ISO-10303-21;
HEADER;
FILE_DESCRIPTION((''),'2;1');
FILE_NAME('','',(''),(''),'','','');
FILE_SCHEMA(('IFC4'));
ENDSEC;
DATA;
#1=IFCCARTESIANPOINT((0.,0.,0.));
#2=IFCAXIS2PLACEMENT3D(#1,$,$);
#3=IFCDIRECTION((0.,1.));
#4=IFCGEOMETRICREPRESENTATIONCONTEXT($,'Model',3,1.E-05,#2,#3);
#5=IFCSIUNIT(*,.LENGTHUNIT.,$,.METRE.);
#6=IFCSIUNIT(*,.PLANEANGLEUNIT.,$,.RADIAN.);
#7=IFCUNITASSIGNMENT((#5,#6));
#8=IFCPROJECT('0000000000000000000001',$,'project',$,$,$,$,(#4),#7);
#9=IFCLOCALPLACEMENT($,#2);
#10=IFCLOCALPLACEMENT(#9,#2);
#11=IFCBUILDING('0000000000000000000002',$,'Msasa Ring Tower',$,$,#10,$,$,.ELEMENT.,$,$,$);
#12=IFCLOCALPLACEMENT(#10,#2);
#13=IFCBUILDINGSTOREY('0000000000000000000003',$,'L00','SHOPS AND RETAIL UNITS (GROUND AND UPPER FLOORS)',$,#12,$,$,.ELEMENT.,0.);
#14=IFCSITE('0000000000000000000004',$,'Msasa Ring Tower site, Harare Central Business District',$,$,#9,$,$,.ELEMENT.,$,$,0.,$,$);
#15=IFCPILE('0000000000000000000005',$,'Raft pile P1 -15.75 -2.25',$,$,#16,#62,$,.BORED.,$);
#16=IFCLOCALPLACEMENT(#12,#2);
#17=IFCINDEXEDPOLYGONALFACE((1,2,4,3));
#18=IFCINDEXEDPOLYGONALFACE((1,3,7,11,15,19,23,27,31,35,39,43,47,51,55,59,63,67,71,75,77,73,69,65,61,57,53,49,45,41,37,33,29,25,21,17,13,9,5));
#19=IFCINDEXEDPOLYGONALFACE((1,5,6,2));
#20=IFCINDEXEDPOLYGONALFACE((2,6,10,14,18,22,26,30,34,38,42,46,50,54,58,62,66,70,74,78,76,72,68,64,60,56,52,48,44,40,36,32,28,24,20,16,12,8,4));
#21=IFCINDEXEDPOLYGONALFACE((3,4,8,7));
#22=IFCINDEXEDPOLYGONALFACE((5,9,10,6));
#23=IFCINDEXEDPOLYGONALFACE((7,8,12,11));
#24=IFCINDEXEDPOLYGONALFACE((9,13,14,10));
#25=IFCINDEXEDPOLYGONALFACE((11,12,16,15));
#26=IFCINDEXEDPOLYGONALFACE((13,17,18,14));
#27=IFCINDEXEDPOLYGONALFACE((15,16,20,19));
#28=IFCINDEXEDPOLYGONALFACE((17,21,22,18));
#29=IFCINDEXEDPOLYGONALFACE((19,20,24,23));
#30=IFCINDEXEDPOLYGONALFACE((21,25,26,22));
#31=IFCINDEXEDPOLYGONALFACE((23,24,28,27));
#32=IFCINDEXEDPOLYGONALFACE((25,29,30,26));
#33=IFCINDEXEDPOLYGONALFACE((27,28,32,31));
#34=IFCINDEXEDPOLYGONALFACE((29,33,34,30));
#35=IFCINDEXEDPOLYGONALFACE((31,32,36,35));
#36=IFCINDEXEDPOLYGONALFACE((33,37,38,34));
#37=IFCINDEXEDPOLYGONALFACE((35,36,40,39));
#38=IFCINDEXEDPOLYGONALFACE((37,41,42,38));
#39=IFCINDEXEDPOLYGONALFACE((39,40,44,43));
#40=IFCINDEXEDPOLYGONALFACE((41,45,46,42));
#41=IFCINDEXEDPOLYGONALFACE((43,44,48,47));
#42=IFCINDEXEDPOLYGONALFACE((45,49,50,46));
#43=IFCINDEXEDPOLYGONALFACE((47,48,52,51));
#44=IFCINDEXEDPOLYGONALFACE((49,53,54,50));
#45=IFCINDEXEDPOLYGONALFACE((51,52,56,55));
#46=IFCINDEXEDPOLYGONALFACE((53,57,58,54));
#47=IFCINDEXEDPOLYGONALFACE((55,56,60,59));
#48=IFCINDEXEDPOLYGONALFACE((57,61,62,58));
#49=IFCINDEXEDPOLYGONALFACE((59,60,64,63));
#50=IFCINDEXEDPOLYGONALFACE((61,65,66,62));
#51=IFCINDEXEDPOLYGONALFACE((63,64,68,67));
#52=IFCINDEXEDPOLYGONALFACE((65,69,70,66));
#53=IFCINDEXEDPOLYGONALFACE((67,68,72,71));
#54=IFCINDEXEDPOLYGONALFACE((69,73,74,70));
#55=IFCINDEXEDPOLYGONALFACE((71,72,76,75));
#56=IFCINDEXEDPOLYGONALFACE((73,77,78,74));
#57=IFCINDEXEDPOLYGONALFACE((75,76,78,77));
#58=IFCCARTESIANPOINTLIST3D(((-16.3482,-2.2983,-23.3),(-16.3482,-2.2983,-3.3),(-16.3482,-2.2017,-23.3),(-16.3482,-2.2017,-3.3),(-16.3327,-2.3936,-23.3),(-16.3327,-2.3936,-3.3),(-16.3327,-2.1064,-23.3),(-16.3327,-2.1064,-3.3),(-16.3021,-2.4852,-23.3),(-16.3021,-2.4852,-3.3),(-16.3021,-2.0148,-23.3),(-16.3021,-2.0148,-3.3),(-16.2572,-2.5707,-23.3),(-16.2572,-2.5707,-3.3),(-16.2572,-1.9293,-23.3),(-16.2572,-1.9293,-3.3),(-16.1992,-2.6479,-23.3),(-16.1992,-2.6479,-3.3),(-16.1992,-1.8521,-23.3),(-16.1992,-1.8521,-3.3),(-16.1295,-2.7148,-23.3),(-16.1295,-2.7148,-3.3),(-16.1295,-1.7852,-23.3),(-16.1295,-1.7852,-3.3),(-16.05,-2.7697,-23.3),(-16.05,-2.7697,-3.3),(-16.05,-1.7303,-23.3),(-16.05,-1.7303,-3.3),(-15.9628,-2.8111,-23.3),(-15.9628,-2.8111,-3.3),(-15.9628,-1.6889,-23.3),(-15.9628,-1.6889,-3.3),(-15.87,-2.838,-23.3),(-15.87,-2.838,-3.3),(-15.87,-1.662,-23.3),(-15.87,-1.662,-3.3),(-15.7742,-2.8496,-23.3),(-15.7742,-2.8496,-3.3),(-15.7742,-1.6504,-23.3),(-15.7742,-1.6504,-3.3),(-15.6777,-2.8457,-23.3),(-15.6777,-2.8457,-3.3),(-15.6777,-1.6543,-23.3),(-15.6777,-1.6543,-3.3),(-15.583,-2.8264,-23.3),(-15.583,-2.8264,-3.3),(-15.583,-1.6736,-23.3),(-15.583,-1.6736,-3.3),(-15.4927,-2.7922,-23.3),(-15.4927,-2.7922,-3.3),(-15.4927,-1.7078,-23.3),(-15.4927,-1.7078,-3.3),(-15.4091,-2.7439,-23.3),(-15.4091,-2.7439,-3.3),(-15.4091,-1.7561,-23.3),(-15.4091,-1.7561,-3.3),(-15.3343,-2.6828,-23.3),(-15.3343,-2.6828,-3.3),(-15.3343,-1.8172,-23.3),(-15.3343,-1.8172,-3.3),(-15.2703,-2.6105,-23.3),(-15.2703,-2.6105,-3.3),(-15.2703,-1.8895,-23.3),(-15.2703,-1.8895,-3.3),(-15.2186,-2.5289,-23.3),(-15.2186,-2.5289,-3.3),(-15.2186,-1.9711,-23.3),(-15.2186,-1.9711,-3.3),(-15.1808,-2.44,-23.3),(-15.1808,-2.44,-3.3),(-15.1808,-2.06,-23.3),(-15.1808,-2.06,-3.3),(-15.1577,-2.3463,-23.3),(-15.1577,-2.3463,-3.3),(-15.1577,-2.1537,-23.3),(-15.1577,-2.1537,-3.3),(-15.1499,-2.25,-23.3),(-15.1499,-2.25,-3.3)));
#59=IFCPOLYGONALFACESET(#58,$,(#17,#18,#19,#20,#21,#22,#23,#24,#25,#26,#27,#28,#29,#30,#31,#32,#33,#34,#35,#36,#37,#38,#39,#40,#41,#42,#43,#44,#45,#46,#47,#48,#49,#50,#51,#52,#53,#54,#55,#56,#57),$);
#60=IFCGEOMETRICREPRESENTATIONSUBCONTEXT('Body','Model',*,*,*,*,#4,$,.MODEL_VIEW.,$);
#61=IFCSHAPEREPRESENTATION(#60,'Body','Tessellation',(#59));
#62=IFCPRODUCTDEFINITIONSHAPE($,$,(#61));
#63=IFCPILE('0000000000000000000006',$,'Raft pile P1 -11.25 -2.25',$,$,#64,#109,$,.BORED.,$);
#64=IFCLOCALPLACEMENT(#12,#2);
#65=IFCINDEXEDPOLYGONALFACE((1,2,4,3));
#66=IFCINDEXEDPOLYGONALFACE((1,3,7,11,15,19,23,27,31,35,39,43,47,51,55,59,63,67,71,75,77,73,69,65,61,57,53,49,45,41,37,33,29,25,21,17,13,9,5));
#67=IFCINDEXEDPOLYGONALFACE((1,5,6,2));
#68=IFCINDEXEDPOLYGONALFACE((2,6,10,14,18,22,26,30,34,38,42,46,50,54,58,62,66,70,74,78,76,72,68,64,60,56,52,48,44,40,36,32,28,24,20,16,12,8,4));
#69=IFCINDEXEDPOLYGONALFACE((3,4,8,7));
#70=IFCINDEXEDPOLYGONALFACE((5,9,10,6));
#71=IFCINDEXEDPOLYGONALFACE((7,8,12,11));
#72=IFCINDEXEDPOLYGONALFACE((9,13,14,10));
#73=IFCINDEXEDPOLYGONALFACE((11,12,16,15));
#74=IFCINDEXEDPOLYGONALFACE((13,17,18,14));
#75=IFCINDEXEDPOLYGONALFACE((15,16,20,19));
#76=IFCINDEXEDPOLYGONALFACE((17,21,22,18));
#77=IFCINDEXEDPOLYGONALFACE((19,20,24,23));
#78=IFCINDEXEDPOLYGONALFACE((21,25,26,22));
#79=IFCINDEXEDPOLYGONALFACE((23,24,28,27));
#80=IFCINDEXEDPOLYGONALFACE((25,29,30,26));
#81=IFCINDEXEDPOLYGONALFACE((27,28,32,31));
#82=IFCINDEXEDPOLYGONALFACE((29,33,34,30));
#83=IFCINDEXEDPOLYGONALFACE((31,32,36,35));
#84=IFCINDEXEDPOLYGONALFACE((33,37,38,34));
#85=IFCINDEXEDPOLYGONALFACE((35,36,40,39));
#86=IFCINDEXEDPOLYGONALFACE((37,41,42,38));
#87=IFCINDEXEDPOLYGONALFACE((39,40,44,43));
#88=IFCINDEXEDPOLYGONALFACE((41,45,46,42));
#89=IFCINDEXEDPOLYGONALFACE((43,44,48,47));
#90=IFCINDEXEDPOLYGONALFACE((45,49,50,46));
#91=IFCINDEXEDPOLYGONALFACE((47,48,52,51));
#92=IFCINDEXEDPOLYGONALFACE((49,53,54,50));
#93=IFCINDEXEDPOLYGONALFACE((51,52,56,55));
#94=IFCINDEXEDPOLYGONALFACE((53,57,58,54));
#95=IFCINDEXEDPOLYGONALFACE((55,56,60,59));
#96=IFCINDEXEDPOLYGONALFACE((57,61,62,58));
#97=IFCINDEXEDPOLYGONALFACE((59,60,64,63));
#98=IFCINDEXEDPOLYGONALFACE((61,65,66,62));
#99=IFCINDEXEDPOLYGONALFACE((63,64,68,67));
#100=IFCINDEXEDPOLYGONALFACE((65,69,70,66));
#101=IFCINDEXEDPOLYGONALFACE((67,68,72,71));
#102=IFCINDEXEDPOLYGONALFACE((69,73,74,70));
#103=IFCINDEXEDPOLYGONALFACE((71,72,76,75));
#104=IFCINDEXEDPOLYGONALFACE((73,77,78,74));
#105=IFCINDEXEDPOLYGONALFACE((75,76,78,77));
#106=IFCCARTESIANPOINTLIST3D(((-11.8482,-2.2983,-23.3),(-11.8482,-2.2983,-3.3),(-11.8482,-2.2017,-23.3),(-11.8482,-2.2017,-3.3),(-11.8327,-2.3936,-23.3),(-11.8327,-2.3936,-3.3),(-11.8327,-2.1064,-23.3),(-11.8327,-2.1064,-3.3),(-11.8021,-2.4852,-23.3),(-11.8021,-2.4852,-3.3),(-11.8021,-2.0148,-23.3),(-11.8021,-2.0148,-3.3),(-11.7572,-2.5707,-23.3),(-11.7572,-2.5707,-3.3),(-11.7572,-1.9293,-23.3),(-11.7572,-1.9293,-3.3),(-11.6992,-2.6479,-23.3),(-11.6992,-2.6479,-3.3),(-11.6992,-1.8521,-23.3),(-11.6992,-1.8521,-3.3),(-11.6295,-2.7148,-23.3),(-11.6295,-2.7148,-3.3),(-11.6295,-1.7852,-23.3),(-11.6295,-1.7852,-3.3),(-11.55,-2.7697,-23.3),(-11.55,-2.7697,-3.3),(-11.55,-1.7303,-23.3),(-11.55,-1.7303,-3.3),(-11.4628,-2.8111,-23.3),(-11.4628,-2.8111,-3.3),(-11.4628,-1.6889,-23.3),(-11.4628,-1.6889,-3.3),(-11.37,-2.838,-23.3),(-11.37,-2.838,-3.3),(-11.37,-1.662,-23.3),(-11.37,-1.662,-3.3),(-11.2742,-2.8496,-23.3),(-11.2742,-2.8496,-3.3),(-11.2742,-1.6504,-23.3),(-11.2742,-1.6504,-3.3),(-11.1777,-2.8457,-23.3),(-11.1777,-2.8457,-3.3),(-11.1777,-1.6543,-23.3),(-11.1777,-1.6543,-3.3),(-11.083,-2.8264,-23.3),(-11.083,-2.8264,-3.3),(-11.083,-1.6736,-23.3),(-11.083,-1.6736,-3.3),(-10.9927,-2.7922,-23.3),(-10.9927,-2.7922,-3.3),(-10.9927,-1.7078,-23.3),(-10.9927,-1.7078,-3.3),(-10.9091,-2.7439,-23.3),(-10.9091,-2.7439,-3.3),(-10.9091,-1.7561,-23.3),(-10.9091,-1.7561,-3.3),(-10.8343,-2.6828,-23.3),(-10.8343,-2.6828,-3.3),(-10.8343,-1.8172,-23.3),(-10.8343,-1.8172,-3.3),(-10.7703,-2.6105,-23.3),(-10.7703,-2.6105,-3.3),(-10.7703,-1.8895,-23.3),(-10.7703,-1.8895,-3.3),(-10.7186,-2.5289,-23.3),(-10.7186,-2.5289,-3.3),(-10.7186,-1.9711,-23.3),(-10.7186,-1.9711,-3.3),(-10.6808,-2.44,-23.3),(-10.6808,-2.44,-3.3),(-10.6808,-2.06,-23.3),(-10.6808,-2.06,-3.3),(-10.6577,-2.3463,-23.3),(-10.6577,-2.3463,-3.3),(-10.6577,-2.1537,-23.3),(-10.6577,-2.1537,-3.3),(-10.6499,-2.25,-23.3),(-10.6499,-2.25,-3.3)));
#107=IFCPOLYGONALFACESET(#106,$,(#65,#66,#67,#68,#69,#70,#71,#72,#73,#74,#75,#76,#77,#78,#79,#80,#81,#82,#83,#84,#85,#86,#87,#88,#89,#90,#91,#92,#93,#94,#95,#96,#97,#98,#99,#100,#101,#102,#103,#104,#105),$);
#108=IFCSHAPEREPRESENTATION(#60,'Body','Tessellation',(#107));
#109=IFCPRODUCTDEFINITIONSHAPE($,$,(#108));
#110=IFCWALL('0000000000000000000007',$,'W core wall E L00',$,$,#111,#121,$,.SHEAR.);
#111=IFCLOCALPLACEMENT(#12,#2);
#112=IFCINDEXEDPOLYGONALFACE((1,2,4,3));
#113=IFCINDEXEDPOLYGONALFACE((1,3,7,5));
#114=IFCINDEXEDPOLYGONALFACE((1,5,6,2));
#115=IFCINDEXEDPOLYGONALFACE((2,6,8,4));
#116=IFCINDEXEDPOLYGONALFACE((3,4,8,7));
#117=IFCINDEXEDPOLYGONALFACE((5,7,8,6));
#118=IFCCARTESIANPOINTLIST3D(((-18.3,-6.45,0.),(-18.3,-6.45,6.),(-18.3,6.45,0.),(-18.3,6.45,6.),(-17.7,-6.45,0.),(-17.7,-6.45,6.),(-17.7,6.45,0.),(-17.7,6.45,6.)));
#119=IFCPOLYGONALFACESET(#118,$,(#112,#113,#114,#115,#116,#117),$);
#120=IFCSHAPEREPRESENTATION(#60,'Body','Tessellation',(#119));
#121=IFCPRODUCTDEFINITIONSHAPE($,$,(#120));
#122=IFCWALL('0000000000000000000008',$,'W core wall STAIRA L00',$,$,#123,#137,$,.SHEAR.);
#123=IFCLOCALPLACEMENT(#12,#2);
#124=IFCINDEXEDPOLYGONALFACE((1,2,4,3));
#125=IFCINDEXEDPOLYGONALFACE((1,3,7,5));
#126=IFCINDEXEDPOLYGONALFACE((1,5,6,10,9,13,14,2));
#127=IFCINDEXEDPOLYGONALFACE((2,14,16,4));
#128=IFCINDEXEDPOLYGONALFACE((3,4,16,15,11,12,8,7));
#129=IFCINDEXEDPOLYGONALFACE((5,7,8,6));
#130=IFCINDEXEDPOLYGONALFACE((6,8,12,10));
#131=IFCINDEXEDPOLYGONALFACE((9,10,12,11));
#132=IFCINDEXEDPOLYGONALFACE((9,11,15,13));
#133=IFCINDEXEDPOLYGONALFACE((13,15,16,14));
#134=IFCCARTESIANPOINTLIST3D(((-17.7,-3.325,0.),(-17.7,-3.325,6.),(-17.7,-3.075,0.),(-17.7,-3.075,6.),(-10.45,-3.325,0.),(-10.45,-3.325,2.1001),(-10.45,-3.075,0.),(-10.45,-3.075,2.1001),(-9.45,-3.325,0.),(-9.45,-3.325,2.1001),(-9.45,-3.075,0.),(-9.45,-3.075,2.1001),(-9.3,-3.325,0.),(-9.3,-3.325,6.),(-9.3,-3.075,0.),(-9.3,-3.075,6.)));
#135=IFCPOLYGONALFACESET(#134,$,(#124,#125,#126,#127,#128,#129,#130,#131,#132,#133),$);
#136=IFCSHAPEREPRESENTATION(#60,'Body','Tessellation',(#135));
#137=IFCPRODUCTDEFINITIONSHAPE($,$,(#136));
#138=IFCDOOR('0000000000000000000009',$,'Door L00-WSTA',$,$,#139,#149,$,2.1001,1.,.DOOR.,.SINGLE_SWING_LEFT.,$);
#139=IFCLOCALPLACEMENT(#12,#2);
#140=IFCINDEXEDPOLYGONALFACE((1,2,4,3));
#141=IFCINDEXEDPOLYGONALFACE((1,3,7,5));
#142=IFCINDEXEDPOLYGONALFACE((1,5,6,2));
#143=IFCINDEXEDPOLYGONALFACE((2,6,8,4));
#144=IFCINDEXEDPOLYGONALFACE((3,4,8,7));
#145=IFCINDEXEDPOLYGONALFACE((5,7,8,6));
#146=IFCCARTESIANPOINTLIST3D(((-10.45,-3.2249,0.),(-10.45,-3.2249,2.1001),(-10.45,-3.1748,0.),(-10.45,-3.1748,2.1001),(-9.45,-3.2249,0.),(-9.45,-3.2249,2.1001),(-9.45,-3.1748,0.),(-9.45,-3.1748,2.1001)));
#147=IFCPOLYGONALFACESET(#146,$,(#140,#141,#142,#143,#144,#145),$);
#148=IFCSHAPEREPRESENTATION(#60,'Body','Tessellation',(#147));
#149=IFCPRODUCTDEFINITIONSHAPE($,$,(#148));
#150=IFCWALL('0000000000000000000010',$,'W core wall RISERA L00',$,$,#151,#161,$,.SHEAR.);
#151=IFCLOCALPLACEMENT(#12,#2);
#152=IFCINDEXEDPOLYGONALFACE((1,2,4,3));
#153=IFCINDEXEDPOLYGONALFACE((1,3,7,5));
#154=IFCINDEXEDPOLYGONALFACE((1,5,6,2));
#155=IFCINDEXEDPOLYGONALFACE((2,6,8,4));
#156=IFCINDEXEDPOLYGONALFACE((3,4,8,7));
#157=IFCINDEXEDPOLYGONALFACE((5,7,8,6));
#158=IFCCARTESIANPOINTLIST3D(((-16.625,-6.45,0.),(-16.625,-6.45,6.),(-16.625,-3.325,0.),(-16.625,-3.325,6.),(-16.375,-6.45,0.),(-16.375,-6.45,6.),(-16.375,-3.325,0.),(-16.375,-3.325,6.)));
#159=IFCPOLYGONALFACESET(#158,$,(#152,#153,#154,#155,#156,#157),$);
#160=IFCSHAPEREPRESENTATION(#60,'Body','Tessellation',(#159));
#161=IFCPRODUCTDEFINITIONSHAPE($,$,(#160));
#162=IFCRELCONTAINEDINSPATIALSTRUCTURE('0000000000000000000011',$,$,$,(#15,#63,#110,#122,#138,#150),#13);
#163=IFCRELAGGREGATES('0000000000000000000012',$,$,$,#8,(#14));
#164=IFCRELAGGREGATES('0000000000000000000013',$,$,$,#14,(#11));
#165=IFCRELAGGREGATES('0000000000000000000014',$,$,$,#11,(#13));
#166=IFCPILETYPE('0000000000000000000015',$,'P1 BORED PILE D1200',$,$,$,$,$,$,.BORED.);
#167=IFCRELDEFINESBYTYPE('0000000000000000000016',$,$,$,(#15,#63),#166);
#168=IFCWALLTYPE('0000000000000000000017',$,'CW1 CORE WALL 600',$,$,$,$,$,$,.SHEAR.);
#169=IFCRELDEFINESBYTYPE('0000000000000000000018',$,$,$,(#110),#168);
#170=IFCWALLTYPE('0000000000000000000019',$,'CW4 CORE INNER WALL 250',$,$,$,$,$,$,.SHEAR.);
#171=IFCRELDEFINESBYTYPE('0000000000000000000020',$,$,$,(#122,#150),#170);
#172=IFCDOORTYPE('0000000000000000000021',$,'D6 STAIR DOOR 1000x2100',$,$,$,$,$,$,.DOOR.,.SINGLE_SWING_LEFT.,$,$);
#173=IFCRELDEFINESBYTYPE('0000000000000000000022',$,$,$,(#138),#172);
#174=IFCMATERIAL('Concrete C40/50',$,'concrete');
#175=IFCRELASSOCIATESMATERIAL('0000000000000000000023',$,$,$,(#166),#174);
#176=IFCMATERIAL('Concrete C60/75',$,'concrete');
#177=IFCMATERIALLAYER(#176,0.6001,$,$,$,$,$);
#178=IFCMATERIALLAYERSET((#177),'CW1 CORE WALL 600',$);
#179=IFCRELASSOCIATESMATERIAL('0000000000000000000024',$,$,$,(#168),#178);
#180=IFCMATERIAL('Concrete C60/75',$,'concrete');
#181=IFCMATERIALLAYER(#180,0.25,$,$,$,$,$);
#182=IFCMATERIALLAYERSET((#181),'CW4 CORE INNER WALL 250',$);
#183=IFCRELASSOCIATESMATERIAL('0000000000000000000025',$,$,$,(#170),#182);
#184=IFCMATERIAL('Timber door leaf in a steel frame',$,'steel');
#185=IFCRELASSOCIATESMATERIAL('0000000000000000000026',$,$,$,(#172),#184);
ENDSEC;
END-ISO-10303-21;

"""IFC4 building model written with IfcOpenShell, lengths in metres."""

from ifc_helpers import new_model, si_unit, direction, frame, frame_2d, origin, origin_2d, place, context, subcontext, project, spatial, rectangle, circle, extrude, material, layer, layer_set, material_profile, profile_set, type_object, element, fill, save


model = new_model("IFC4")

# Units and contexts
model_context = context("Model", 3, precision=1e-05, world=origin(), true_north=direction((0.0, 1.0)))
body_context = subcontext(model_context, "Body", "Model", "MODEL_VIEW")
ifc_project = project(units=[si_unit("LENGTHUNIT", "METRE"), si_unit("PLANEANGLEUNIT", "RADIAN")], contexts=[model_context])

# Site, building, storey
site_placement = place(None, origin())
site = spatial("IfcSite", under=ifc_project, at=site_placement, Name="Msasa Ring Tower site, Harare Central Business District", CompositionType="ELEMENT", RefElevation=0.0)
building_placement = place(site_placement, origin())
building = spatial("IfcBuilding", under=site, at=building_placement, Name="Msasa Ring Tower", CompositionType="ELEMENT")
storey_placement = place(building_placement, origin())
storey = spatial("IfcBuildingStorey", under=building, at=storey_placement, Name="L00", Description="SHOPS AND RETAIL UNITS (GROUND AND UPPER FLOORS)", CompositionType="ELEMENT", Elevation=0.0)

# Piles
ifc_material_1 = material(Name="Concrete C40/50", Category="concrete")
ifc_material_profile = material_profile(ifc_material_1, circle(Radius=0.6001, at=origin_2d()), Name="D1200")
ifc_profile_set = profile_set([ifc_material_profile], Name="Concrete C40/50")
pile_type = type_object("IfcPileType", Name="P1 BORED PILE D1200", PredefinedType="BORED", material=ifc_profile_set)
for number, where, z_axis, x_axis, name in (
    (1, (-15.75, -2.25, -3.3), (0.0, 0.0, -1.0), (1.0, 0.0, 0.0), "Raft pile P1 -15.75 -2.25"),
    (2, (-11.25, -2.25, -3.3), (0.0, 0.0, -1.0), (1.0, 0.0, 0.0), "Raft pile P1 -11.25 -2.25"),
):
    element("IfcPile", number, at=place(storey_placement, frame(where, z_axis=z_axis, x_axis=x_axis)), inside=storey, type_object=pile_type, Name=name, PredefinedType="BORED", context=body_context, shape_type="SweptSolid", body=[
        extrude(circle(Radius=0.6001, at=origin_2d()), origin(), (0.0, 0.0, 1.0), 20.0),
    ])

# Wall
ifc_material_2 = material(Name="Concrete C60/75", Category="concrete")
ifc_layer_1 = layer(ifc_material_2, 0.6001)
ifc_layer_set_1 = layer_set([ifc_layer_1], Name="CW1 CORE WALL 600")
wall_type_1 = type_object("IfcWallType", Name="CW1 CORE WALL 600", PredefinedType="SHEAR", material=ifc_layer_set_1)
wall_1_placement = place(storey_placement, frame((-18.0, -6.45, 0.0), z_axis=(0.0, 0.0, 1.0), x_axis=(0.0, 1.0, 0.0)))
element("IfcWall", 3, at=wall_1_placement, inside=storey, type_object=wall_type_1, Name="W core wall E L00", PredefinedType="SHEAR", context=body_context, shape_type="SweptSolid", body=[
    extrude(rectangle(XDim=12.8999, YDim=0.6001, at=frame_2d((6.45, 0.0))), origin(), (0.0, 0.0, 1.0), 6.0),
])

# Wall, opening, door
ifc_material_3 = material(Name="Concrete C60/75", Category="concrete")
ifc_layer_2 = layer(ifc_material_3, 0.25)
ifc_layer_set_2 = layer_set([ifc_layer_2], Name="CW4 CORE INNER WALL 250")
wall_type_2 = type_object("IfcWallType", Name="CW4 CORE INNER WALL 250", PredefinedType="SHEAR", material=ifc_layer_set_2)
wall_2_placement = place(storey_placement, frame((-9.3, -3.2, 0.0), z_axis=(0.0, 0.0, 1.0), x_axis=(-1.0, 0.0, 0.0)))
wall_2 = element("IfcWall", 4, at=wall_2_placement, inside=storey, type_object=wall_type_2, Name="W core wall STAIRA L00", PredefinedType="SHEAR", context=body_context, shape_type="SweptSolid", body=[
    extrude(rectangle(XDim=8.3999, YDim=0.25, at=frame_2d((4.2, 0.0))), origin(), (0.0, 0.0, 1.0), 6.0),
])
opening_1_placement = place(wall_2_placement, frame((0.1499, 0.0, 0.0)))
opening_1 = element("IfcOpeningElement", 5, at=opening_1_placement, cuts=wall_2, PredefinedType="OPENING", context=body_context, shape_type="SweptSolid", body=[
    extrude(rectangle(XDim=1.0, YDim=2.1001, at=frame_2d((0.5, 1.05))), frame((0.0, 0.135, 0.0), z_axis=(0.0, -1.0, 0.0), x_axis=(1.0, 0.0, 0.0)), (0.0, 0.0, 1.0), 0.27),
])
ifc_material_4 = material(Name="Timber door leaf in a steel frame", Category="steel")
door_type_1 = type_object("IfcDoorType", Name="D6 STAIR DOOR 1000x2100", OperationType="SINGLE_SWING_LEFT", PredefinedType="DOOR", material=ifc_material_4)
door_1_placement = place(opening_1_placement, origin())
door_1 = element("IfcDoor", 6, at=door_1_placement, inside=storey, type_object=door_type_1, Name="Door L00-WSTA", OperationType="SINGLE_SWING_LEFT", OverallHeight=2.1001, OverallWidth=1.0, PredefinedType="DOOR", context=body_context, shape_type="SweptSolid", body=[
    extrude(rectangle(XDim=1.0, YDim=2.1001, at=frame_2d((0.5, 1.05))), frame((0.0, 0.0249, 0.0), z_axis=(0.0, -1.0, 0.0), x_axis=(1.0, 0.0, 0.0)), (0.0, 0.0, 1.0), 0.05),
])
fill(opening_1, door_1)

# Wall
wall_3_placement = place(storey_placement, frame((-16.5, -6.45, 0.0), z_axis=(0.0, 0.0, 1.0), x_axis=(0.0, 1.0, 0.0)))
element("IfcWall", 7, at=wall_3_placement, inside=storey, type_object=wall_type_2, Name="W core wall RISERA L00", PredefinedType="SHEAR", context=body_context, shape_type="SweptSolid", body=[
    extrude(rectangle(XDim=3.125, YDim=0.25, at=frame_2d((1.5625, 0.0))), origin(), (0.0, 0.0, 1.0), 6.0),
])

save(model, "model.ifc")
